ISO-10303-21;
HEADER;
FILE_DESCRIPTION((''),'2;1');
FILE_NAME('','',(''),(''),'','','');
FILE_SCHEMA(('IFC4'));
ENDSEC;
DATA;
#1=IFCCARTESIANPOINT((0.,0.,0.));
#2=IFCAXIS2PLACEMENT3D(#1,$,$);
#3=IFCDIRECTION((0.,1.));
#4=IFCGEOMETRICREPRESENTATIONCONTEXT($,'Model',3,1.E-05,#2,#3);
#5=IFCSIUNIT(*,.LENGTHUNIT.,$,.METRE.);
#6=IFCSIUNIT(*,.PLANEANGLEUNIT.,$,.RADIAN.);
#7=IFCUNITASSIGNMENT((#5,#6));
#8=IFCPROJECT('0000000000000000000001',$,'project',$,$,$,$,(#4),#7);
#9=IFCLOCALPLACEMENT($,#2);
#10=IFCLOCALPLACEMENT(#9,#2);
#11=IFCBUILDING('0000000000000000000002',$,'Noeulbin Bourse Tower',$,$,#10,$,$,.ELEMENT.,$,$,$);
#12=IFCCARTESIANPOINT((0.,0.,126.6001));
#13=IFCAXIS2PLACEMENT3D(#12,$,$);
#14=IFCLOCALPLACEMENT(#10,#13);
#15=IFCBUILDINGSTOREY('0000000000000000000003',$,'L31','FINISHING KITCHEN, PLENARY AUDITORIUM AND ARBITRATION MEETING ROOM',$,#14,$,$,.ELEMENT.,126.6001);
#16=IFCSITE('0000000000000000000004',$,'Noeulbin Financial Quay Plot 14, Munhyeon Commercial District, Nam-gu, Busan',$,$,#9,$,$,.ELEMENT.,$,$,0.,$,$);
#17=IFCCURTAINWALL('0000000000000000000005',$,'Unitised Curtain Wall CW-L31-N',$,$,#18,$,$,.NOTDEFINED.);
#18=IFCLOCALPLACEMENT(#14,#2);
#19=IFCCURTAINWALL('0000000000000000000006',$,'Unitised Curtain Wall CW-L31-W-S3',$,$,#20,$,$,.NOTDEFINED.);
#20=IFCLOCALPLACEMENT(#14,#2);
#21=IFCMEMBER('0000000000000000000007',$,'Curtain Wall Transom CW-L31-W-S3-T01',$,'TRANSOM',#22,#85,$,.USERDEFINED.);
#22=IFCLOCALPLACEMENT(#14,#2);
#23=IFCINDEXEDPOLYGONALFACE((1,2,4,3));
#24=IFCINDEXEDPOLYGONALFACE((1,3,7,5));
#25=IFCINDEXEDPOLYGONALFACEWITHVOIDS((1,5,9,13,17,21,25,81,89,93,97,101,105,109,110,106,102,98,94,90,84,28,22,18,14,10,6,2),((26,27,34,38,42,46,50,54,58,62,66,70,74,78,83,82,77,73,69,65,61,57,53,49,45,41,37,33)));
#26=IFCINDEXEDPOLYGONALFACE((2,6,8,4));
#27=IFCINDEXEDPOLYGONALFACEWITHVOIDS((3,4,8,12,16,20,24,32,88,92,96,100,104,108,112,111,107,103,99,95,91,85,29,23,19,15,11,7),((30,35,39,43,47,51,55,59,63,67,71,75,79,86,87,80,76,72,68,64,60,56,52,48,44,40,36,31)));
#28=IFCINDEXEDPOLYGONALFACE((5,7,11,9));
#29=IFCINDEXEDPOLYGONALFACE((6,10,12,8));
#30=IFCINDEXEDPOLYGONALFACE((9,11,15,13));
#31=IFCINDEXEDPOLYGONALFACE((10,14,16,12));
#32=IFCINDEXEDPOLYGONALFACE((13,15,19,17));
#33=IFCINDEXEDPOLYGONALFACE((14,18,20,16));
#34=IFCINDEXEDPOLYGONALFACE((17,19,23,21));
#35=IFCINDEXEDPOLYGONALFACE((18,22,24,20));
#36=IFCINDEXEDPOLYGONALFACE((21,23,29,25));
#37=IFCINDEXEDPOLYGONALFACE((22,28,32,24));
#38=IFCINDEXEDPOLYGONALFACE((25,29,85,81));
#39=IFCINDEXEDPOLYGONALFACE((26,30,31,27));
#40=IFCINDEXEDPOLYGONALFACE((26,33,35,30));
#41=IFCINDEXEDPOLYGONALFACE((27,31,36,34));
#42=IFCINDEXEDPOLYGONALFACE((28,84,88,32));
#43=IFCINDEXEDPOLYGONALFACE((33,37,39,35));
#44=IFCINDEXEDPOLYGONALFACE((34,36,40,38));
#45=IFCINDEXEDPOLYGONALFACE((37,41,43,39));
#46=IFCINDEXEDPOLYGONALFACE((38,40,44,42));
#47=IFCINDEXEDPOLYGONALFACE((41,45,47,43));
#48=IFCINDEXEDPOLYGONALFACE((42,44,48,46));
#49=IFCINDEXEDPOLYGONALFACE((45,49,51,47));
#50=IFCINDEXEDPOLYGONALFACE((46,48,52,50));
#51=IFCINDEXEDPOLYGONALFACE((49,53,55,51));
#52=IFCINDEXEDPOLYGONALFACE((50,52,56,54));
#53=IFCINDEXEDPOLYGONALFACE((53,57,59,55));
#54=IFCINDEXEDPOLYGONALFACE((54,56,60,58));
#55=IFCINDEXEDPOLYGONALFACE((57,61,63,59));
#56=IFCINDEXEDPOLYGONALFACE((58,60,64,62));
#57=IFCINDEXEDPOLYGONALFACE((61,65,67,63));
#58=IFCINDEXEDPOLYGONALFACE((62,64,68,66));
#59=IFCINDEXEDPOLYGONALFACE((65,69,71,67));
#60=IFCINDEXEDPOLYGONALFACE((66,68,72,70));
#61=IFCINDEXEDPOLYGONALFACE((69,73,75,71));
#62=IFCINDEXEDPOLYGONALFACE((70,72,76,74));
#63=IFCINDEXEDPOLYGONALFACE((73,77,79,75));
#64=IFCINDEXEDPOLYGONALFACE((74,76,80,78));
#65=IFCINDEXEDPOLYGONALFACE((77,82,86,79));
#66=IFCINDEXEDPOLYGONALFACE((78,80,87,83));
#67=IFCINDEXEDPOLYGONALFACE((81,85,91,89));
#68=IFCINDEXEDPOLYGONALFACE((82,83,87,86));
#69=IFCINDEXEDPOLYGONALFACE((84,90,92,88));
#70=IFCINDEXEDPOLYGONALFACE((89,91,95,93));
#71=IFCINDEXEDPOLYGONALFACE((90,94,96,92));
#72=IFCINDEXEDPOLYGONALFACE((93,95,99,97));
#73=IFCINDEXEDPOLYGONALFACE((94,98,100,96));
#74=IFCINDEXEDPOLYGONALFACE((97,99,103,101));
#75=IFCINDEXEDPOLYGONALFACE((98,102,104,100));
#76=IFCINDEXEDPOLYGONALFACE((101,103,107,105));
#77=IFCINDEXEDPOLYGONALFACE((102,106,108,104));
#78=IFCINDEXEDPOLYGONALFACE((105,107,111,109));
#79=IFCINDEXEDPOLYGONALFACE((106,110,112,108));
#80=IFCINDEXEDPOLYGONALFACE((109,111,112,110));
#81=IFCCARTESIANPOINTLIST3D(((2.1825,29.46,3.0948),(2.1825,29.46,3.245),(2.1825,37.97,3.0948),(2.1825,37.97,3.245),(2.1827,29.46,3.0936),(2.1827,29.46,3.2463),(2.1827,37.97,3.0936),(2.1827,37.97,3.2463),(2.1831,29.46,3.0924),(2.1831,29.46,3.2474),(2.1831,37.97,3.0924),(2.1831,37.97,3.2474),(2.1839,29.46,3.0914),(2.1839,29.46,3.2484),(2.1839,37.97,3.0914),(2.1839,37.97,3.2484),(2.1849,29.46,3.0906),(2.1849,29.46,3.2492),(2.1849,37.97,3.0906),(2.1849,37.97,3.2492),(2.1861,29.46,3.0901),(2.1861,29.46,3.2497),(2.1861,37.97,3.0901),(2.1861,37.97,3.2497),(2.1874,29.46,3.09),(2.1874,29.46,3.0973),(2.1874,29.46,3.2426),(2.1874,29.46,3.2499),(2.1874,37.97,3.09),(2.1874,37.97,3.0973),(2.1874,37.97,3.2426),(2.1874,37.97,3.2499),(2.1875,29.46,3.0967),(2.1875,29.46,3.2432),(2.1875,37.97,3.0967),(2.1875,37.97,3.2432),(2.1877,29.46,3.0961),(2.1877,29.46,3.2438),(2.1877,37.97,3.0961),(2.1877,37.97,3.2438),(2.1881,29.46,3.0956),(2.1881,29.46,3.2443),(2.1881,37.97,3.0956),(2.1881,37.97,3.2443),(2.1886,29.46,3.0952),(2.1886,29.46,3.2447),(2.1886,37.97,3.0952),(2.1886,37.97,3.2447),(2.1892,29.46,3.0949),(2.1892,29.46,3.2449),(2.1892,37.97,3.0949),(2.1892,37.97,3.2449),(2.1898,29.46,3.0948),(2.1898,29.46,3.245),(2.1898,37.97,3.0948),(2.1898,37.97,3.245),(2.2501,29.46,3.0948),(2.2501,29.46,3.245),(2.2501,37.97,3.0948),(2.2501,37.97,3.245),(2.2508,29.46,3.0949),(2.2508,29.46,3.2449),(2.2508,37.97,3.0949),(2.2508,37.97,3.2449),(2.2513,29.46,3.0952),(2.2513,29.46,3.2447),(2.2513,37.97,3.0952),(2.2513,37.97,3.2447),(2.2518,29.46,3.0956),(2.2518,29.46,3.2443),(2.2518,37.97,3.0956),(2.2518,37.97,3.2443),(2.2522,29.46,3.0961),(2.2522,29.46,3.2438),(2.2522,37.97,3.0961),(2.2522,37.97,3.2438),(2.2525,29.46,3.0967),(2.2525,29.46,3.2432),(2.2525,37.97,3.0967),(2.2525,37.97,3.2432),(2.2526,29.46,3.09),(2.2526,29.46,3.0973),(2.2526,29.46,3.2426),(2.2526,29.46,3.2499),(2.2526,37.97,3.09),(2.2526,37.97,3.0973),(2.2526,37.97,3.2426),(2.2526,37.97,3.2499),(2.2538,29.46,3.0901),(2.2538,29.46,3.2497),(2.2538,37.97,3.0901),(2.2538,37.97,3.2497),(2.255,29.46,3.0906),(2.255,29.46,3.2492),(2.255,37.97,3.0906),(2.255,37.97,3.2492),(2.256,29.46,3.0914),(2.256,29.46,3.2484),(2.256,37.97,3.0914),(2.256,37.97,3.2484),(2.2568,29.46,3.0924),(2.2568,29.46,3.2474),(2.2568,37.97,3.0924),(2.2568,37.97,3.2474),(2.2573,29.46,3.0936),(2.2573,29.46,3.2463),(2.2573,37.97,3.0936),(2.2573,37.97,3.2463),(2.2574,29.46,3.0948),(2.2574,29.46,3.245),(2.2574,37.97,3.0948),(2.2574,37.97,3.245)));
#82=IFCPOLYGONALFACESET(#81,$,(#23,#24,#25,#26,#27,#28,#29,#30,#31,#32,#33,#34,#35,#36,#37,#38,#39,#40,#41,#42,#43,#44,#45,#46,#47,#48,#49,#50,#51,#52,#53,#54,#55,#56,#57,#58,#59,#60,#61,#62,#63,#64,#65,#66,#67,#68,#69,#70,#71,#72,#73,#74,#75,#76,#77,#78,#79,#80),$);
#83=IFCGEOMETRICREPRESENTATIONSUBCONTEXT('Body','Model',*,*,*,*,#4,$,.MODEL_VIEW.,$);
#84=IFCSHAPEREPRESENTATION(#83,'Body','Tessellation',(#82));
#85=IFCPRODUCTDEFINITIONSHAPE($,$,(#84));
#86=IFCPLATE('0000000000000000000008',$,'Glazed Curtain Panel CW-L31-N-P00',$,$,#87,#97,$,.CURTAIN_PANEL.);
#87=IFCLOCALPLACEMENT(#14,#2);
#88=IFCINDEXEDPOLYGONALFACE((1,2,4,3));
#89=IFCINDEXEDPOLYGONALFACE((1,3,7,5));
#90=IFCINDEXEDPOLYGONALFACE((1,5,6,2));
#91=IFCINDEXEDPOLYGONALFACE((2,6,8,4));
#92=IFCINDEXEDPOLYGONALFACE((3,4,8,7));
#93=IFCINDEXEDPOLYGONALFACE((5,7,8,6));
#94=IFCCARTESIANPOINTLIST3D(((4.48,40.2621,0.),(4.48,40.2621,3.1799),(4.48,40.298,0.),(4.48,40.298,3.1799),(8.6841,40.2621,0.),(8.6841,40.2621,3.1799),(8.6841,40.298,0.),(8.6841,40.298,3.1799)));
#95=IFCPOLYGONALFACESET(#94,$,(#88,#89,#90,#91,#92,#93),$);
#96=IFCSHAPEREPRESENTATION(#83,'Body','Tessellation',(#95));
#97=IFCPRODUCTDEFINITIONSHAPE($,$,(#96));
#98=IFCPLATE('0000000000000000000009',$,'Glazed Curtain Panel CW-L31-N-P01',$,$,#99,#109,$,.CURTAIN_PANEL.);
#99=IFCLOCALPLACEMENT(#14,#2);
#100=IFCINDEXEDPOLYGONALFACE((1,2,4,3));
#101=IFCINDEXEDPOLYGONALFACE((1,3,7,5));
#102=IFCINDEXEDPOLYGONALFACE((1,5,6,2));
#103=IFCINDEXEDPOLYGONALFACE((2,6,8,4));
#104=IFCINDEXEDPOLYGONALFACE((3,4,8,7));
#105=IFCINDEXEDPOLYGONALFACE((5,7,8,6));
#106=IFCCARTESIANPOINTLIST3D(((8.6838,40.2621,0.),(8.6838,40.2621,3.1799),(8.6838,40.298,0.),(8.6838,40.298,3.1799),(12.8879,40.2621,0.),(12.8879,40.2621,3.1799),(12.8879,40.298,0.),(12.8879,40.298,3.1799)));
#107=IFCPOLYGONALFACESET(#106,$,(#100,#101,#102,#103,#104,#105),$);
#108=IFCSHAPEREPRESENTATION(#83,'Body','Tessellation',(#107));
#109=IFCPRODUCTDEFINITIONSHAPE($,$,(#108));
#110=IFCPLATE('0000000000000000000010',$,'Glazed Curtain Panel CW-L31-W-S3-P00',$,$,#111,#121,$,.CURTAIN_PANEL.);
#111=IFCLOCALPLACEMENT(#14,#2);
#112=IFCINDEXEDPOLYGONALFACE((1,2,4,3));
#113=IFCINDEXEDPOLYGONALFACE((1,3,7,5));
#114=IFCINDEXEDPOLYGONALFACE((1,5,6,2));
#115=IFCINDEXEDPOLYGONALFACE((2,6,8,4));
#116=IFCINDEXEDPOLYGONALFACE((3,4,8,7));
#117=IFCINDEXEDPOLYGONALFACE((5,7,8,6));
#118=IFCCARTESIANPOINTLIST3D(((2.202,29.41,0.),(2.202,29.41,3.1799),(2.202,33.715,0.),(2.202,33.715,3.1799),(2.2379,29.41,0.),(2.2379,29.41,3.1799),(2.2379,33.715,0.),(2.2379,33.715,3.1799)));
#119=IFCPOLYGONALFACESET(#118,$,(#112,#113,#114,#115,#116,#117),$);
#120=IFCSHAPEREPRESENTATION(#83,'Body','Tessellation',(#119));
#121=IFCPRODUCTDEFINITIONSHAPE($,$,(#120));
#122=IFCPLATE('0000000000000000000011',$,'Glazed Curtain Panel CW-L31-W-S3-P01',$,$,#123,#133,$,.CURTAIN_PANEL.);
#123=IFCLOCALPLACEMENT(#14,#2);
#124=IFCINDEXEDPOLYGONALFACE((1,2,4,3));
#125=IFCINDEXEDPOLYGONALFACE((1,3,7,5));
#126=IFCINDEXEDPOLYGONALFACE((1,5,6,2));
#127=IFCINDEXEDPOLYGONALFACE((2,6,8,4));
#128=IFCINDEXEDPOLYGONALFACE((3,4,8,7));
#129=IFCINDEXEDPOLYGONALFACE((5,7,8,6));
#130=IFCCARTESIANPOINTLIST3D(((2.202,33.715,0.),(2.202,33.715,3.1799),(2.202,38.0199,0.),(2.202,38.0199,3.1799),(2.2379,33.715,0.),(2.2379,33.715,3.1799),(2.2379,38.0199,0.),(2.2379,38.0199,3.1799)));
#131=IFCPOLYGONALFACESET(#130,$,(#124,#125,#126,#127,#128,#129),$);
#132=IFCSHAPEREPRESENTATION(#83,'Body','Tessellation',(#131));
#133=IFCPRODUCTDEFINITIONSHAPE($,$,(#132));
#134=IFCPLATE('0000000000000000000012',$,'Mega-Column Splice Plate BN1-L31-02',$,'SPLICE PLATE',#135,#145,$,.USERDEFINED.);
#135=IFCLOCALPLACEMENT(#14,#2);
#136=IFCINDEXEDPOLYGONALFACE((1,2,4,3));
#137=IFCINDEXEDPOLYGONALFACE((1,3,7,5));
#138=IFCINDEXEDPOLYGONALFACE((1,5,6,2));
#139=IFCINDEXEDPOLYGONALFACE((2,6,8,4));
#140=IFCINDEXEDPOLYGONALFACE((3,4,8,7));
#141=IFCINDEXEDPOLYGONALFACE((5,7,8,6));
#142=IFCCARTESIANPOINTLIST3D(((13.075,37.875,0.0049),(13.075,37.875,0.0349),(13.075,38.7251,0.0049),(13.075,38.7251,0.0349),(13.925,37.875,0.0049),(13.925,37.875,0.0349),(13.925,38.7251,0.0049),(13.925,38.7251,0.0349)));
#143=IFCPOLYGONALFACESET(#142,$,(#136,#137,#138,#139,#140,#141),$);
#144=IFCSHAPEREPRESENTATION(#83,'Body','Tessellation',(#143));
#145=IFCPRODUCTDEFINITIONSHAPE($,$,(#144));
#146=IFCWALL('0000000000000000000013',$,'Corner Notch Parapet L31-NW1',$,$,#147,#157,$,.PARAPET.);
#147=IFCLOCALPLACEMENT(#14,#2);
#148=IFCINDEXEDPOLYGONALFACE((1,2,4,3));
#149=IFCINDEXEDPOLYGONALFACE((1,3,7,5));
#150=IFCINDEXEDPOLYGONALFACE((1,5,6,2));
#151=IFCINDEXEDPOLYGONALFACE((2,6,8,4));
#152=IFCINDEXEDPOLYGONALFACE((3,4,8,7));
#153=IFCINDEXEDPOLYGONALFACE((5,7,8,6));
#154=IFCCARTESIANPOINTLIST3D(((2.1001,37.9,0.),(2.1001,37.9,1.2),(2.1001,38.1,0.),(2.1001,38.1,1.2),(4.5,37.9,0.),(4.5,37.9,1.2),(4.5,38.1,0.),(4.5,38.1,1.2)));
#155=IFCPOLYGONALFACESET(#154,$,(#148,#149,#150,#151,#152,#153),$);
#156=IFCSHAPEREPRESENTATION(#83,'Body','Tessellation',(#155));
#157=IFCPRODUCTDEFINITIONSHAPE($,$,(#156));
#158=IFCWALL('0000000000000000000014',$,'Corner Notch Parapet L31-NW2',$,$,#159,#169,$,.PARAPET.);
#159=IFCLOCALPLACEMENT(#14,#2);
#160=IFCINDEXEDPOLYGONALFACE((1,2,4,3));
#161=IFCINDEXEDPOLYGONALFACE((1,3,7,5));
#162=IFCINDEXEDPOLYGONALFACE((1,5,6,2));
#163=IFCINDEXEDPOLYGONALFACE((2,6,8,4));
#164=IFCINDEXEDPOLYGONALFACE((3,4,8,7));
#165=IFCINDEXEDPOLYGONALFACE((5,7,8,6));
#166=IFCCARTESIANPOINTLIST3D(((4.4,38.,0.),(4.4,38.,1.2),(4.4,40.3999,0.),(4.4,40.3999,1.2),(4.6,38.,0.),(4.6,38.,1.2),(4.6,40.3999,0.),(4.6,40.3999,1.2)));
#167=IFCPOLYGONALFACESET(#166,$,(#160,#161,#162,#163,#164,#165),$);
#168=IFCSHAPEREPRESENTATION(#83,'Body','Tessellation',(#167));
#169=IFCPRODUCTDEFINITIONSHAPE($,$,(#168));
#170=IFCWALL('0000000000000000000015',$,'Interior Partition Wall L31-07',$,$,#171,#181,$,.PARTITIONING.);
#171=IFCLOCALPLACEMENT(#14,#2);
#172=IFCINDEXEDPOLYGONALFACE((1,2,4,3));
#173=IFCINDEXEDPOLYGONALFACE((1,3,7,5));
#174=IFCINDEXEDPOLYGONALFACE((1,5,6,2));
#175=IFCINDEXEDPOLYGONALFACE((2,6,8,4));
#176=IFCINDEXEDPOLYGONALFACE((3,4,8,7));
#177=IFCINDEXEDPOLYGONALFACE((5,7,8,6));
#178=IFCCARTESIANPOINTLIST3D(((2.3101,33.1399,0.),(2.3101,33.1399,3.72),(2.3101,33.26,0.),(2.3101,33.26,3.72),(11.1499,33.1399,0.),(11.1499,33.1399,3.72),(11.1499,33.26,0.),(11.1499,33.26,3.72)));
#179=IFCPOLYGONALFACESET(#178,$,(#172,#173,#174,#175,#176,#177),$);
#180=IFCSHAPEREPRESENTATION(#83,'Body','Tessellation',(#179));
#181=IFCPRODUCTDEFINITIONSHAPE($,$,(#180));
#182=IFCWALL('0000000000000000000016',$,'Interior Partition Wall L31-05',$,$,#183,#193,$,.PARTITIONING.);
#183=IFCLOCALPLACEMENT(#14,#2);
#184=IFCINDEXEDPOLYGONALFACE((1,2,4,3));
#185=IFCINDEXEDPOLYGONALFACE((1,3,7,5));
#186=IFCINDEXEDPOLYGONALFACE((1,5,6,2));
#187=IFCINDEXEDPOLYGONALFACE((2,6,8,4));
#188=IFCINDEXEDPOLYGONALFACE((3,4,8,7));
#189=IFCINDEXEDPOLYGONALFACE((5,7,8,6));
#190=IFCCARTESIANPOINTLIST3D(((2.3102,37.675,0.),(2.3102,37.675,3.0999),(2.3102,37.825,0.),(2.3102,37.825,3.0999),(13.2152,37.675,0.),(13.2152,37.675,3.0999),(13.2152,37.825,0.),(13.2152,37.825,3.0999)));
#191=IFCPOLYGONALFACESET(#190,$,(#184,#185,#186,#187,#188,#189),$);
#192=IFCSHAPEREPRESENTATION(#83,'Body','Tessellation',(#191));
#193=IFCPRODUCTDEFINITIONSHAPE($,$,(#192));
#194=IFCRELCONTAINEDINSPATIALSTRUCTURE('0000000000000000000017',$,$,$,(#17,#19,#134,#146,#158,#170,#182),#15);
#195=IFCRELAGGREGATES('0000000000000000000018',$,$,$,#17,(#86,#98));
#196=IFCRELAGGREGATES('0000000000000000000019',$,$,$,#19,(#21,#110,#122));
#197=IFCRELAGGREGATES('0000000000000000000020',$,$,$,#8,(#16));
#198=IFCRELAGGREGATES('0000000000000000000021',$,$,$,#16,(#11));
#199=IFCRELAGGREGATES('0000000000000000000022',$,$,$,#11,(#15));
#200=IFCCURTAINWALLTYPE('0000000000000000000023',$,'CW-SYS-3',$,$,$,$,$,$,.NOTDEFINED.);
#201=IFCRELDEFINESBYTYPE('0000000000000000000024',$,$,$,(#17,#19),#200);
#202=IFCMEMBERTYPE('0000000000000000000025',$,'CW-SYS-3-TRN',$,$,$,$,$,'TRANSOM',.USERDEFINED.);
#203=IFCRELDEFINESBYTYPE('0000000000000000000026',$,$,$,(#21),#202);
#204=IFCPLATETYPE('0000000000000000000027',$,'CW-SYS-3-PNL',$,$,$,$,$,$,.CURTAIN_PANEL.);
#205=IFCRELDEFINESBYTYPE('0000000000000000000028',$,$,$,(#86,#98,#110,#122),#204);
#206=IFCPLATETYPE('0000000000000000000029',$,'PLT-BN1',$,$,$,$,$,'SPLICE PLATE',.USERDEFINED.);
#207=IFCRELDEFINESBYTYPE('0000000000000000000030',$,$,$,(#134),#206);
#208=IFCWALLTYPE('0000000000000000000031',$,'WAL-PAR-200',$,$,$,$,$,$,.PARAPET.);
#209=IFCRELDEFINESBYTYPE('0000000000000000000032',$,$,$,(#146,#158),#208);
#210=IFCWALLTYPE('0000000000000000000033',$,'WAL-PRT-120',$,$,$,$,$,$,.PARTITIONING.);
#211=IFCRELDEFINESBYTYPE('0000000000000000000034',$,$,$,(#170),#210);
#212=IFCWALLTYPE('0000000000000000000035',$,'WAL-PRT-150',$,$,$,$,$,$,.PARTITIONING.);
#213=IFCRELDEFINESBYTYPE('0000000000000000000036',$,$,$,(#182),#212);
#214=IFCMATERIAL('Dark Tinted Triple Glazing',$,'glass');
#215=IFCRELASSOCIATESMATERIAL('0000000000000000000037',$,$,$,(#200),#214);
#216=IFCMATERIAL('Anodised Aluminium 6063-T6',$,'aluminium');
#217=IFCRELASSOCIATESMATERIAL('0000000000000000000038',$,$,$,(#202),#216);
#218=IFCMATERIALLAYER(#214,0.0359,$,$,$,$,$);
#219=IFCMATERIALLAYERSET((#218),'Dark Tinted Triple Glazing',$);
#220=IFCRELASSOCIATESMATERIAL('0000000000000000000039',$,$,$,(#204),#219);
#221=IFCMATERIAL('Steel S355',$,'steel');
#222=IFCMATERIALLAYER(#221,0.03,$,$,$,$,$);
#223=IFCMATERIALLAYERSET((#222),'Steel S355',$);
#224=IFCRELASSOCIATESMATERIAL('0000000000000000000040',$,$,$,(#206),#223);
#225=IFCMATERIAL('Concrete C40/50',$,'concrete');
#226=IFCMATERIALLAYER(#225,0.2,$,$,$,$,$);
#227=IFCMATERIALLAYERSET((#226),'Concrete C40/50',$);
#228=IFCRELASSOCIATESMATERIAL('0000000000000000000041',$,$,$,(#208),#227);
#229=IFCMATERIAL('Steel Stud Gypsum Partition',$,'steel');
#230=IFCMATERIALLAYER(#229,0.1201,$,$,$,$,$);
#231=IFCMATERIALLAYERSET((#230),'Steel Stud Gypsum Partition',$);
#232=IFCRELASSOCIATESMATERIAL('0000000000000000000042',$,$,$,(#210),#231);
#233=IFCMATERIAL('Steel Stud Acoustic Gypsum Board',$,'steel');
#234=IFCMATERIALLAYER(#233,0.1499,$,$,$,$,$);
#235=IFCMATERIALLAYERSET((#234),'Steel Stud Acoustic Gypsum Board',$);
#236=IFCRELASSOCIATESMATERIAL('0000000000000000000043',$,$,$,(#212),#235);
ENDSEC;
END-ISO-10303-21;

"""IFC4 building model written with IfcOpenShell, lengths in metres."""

from ifc_helpers import new_model, si_unit, direction, frame, frame_2d, origin, origin_2d, place, context, subcontext, project, spatial, rectangle, hollow_rectangle, extrude, material, layer, layer_set, material_profile, profile_set, type_object, element, aggregate, save


model = new_model("IFC4")

# Units and contexts
model_context = context("Model", 3, precision=1e-05, world=origin(), true_north=direction((0.0, 1.0)))
body_context = subcontext(model_context, "Body", "Model", "MODEL_VIEW")
ifc_project = project(units=[si_unit("LENGTHUNIT", "METRE"), si_unit("PLANEANGLEUNIT", "RADIAN")], contexts=[model_context])

# Site, building, storey
site_placement = place(None, origin())
site = spatial("IfcSite", under=ifc_project, at=site_placement, Name="Noeulbin Financial Quay Plot 14, Munhyeon Commercial District, Nam-gu, Busan", CompositionType="ELEMENT", RefElevation=0.0)
building_placement = place(site_placement, origin())
building = spatial("IfcBuilding", under=site, at=building_placement, Name="Noeulbin Bourse Tower", CompositionType="ELEMENT")
storey_placement = place(building_placement, frame((0.0, 0.0, 126.6001)))
storey = spatial("IfcBuildingStorey", under=building, at=storey_placement, Name="L31", Description="FINISHING KITCHEN, PLENARY AUDITORIUM AND ARBITRATION MEETING ROOM", CompositionType="ELEMENT", Elevation=126.6001)

# Shared definitions
ifc_material_1 = material(Name="Steel S355", Category="steel")

# Curtain walls
ifc_material_2 = material(Name="Dark Tinted Triple Glazing", Category="glass")
curtain_wall_type = type_object("IfcCurtainWallType", Name="CW-SYS-3", PredefinedType="NOTDEFINED", material=ifc_material_2)
curtain_wall_1_placement = place(storey_placement, origin())
curtain_wall_1 = element("IfcCurtainWall", 1, at=curtain_wall_1_placement, inside=storey, type_object=curtain_wall_type, Name="Unitised Curtain Wall CW-L31-N", PredefinedType="NOTDEFINED")
ifc_material_3 = material(Name="Anodised Aluminium 6063-T6", Category="aluminium")
curtain_wall_2_placement = place(storey_placement, origin())
curtain_wall_2 = element("IfcCurtainWall", 2, at=curtain_wall_2_placement, inside=storey, type_object=curtain_wall_type, Name="Unitised Curtain Wall CW-L31-W-S3", PredefinedType="NOTDEFINED")

# Member
ifc_material_profile_1 = material_profile(ifc_material_3, hollow_rectangle(XDim=0.075, YDim=0.1599, WallThickness=0.0049, InnerFilletRadius=0.0024, OuterFilletRadius=0.0049, at=origin_2d()), Name="ALU-TRAN-75x160x5", Category="LoadBearing")
ifc_profile_set_1 = profile_set([ifc_material_profile_1], Name="Anodised Aluminium 6063-T6")
member_type_1 = type_object("IfcMemberType", Name="CW-SYS-3-TRN", ElementType="TRANSOM", PredefinedType="USERDEFINED", material=ifc_profile_set_1)
member_1_placement = place(storey_placement, frame((2.22, 29.46, 3.1699), z_axis=(0.0, 1.0, 0.0), x_axis=(-1.0, 0.0, 0.0)))
member_1 = element("IfcMember", 3, at=member_1_placement, type_object=member_type_1, Name="Curtain Wall Transom CW-L31-W-S3-T01", ObjectType="TRANSOM", PredefinedType="USERDEFINED", context=body_context, shape_type="SweptSolid", body=[
    extrude(hollow_rectangle(XDim=0.075, YDim=0.1599, WallThickness=0.0049, InnerFilletRadius=0.0024, OuterFilletRadius=0.0049, at=origin_2d()), origin(), (0.0, 0.0, 1.0), 8.51),
])

# Plates
ifc_layer_1 = layer(ifc_material_2, 0.0359)
ifc_layer_set_1 = layer_set([ifc_layer_1], Name="Dark Tinted Triple Glazing")
plate_type_1 = type_object("IfcPlateType", Name="CW-SYS-3-PNL", PredefinedType="CURTAIN_PANEL", material=ifc_layer_set_1)
plate_1_placement = place(storey_placement, frame((6.582, 40.28, 0.0), z_axis=(0.0, 0.0, 1.0), x_axis=(1.0, 0.0, 0.0)))
plate_1 = element("IfcPlate", 4, at=plate_1_placement, type_object=plate_type_1, Name="Glazed Curtain Panel CW-L31-N-P00", PredefinedType="CURTAIN_PANEL", context=body_context, shape_type="SweptSolid", body=[
    extrude(rectangle(XDim=4.2041, YDim=0.0359, at=origin_2d()), origin(), (0.0, 0.0, 1.0), 3.1799),
])
plate_2_placement = place(storey_placement, frame((10.7859, 40.28, 0.0), z_axis=(0.0, 0.0, 1.0), x_axis=(1.0, 0.0, 0.0)))
plate_2 = element("IfcPlate", 5, at=plate_2_placement, type_object=plate_type_1, Name="Glazed Curtain Panel CW-L31-N-P01", PredefinedType="CURTAIN_PANEL", context=body_context, shape_type="SweptSolid", body=[
    extrude(rectangle(XDim=4.2041, YDim=0.0359, at=origin_2d()), origin(), (0.0, 0.0, 1.0), 3.1799),
])
aggregate(curtain_wall_1, [plate_1, plate_2])
plate_3_placement = place(storey_placement, frame((2.22, 31.5625, 0.0), z_axis=(0.0, 0.0, 1.0), x_axis=(0.0, 1.0, 0.0)))
plate_3 = element("IfcPlate", 6, at=plate_3_placement, type_object=plate_type_1, Name="Glazed Curtain Panel CW-L31-W-S3-P00", PredefinedType="CURTAIN_PANEL", context=body_context, shape_type="SweptSolid", body=[
    extrude(rectangle(XDim=4.3049, YDim=0.0359, at=origin_2d()), origin(), (0.0, 0.0, 1.0), 3.1799),
])
plate_4_placement = place(storey_placement, frame((2.22, 35.8674, 0.0), z_axis=(0.0, 0.0, 1.0), x_axis=(0.0, 1.0, 0.0)))
plate_4 = element("IfcPlate", 7, at=plate_4_placement, type_object=plate_type_1, Name="Glazed Curtain Panel CW-L31-W-S3-P01", PredefinedType="CURTAIN_PANEL", context=body_context, shape_type="SweptSolid", body=[
    extrude(rectangle(XDim=4.3049, YDim=0.0359, at=origin_2d()), origin(), (0.0, 0.0, 1.0), 3.1799),
])
aggregate(curtain_wall_2, [member_1, plate_3, plate_4])
ifc_layer_2 = layer(ifc_material_1, 0.03)
ifc_layer_set_2 = layer_set([ifc_layer_2], Name="Steel S355")
plate_type_2 = type_object("IfcPlateType", Name="PLT-BN1", ElementType="SPLICE PLATE", PredefinedType="USERDEFINED", material=ifc_layer_set_2)
plate_5_placement = place(storey_placement, frame((13.5, 38.3, 0.0049), z_axis=(0.0, 0.0, 1.0), x_axis=(1.0, 0.0, 0.0)))
element("IfcPlate", 8, at=plate_5_placement, inside=storey, type_object=plate_type_2, Name="Mega-Column Splice Plate BN1-L31-02", ObjectType="SPLICE PLATE", PredefinedType="USERDEFINED", context=body_context, shape_type="SweptSolid", body=[
    extrude(rectangle(XDim=0.8501, YDim=0.8501, at=origin_2d()), origin(), (0.0, 0.0, 1.0), 0.03),
])

# Walls
ifc_material_4 = material(Name="Concrete C40/50", Category="concrete")
ifc_layer_3 = layer(ifc_material_4, 0.2)
ifc_layer_set_3 = layer_set([ifc_layer_3], Name="Concrete C40/50")
wall_type_1 = type_object("IfcWallType", Name="WAL-PAR-200", PredefinedType="PARAPET", material=ifc_layer_set_3)
for number, where, z_axis, x_axis, name in (
    (9, (2.1001, 38.0, 0.0), (0.0, 0.0, 1.0), (1.0, 0.0, 0.0), "Corner Notch Parapet L31-NW1"),
    (10, (4.5, 38.0, 0.0), (0.0, 0.0, 1.0), (0.0, 1.0, 0.0), "Corner Notch Parapet L31-NW2"),
):
    element("IfcWall", number, at=place(storey_placement, frame(where, z_axis=z_axis, x_axis=x_axis)), inside=storey, type_object=wall_type_1, Name=name, PredefinedType="PARAPET", context=body_context, shape_type="SweptSolid", body=[
        extrude(rectangle(XDim=2.3999, YDim=0.2, at=frame_2d((1.2, 0.0))), origin(), (0.0, 0.0, 1.0), 1.2),
    ])
ifc_material_5 = material(Name="Steel Stud Gypsum Partition", Category="steel")
ifc_layer_4 = layer(ifc_material_5, 0.1201)
ifc_layer_set_4 = layer_set([ifc_layer_4], Name="Steel Stud Gypsum Partition")
wall_type_2 = type_object("IfcWallType", Name="WAL-PRT-120", PredefinedType="PARTITIONING", material=ifc_layer_set_4)
wall_1_placement = place(storey_placement, frame((2.3101, 33.2, 0.0), z_axis=(0.0, 0.0, 1.0), x_axis=(1.0, 0.0, 0.0)))
element("IfcWall", 11, at=wall_1_placement, inside=storey, type_object=wall_type_2, Name="Interior Partition Wall L31-07", PredefinedType="PARTITIONING", context=body_context, shape_type="SweptSolid", body=[
    extrude(rectangle(XDim=8.8398, YDim=0.1201, at=frame_2d((4.4199, 0.0))), origin(), (0.0, 0.0, 1.0), 3.72),
])
ifc_material_6 = material(Name="Steel Stud Acoustic Gypsum Board", Category="steel")
ifc_layer_5 = layer(ifc_material_6, 0.1499)
ifc_layer_set_5 = layer_set([ifc_layer_5], Name="Steel Stud Acoustic Gypsum Board")
wall_type_3 = type_object("IfcWallType", Name="WAL-PRT-150", PredefinedType="PARTITIONING", material=ifc_layer_set_5)
wall_2_placement = place(storey_placement, frame((2.3101, 37.75, 0.0), z_axis=(0.0, 0.0, 1.0), x_axis=(1.0, 0.0, 0.0)))
element("IfcWall", 12, at=wall_2_placement, inside=storey, type_object=wall_type_3, Name="Interior Partition Wall L31-05", PredefinedType="PARTITIONING", context=body_context, shape_type="SweptSolid", body=[
    extrude(rectangle(XDim=10.905, YDim=0.1499, at=frame_2d((5.4526, 0.0))), origin(), (0.0, 0.0, 1.0), 3.0999),
])

save(model, "model.ifc")
